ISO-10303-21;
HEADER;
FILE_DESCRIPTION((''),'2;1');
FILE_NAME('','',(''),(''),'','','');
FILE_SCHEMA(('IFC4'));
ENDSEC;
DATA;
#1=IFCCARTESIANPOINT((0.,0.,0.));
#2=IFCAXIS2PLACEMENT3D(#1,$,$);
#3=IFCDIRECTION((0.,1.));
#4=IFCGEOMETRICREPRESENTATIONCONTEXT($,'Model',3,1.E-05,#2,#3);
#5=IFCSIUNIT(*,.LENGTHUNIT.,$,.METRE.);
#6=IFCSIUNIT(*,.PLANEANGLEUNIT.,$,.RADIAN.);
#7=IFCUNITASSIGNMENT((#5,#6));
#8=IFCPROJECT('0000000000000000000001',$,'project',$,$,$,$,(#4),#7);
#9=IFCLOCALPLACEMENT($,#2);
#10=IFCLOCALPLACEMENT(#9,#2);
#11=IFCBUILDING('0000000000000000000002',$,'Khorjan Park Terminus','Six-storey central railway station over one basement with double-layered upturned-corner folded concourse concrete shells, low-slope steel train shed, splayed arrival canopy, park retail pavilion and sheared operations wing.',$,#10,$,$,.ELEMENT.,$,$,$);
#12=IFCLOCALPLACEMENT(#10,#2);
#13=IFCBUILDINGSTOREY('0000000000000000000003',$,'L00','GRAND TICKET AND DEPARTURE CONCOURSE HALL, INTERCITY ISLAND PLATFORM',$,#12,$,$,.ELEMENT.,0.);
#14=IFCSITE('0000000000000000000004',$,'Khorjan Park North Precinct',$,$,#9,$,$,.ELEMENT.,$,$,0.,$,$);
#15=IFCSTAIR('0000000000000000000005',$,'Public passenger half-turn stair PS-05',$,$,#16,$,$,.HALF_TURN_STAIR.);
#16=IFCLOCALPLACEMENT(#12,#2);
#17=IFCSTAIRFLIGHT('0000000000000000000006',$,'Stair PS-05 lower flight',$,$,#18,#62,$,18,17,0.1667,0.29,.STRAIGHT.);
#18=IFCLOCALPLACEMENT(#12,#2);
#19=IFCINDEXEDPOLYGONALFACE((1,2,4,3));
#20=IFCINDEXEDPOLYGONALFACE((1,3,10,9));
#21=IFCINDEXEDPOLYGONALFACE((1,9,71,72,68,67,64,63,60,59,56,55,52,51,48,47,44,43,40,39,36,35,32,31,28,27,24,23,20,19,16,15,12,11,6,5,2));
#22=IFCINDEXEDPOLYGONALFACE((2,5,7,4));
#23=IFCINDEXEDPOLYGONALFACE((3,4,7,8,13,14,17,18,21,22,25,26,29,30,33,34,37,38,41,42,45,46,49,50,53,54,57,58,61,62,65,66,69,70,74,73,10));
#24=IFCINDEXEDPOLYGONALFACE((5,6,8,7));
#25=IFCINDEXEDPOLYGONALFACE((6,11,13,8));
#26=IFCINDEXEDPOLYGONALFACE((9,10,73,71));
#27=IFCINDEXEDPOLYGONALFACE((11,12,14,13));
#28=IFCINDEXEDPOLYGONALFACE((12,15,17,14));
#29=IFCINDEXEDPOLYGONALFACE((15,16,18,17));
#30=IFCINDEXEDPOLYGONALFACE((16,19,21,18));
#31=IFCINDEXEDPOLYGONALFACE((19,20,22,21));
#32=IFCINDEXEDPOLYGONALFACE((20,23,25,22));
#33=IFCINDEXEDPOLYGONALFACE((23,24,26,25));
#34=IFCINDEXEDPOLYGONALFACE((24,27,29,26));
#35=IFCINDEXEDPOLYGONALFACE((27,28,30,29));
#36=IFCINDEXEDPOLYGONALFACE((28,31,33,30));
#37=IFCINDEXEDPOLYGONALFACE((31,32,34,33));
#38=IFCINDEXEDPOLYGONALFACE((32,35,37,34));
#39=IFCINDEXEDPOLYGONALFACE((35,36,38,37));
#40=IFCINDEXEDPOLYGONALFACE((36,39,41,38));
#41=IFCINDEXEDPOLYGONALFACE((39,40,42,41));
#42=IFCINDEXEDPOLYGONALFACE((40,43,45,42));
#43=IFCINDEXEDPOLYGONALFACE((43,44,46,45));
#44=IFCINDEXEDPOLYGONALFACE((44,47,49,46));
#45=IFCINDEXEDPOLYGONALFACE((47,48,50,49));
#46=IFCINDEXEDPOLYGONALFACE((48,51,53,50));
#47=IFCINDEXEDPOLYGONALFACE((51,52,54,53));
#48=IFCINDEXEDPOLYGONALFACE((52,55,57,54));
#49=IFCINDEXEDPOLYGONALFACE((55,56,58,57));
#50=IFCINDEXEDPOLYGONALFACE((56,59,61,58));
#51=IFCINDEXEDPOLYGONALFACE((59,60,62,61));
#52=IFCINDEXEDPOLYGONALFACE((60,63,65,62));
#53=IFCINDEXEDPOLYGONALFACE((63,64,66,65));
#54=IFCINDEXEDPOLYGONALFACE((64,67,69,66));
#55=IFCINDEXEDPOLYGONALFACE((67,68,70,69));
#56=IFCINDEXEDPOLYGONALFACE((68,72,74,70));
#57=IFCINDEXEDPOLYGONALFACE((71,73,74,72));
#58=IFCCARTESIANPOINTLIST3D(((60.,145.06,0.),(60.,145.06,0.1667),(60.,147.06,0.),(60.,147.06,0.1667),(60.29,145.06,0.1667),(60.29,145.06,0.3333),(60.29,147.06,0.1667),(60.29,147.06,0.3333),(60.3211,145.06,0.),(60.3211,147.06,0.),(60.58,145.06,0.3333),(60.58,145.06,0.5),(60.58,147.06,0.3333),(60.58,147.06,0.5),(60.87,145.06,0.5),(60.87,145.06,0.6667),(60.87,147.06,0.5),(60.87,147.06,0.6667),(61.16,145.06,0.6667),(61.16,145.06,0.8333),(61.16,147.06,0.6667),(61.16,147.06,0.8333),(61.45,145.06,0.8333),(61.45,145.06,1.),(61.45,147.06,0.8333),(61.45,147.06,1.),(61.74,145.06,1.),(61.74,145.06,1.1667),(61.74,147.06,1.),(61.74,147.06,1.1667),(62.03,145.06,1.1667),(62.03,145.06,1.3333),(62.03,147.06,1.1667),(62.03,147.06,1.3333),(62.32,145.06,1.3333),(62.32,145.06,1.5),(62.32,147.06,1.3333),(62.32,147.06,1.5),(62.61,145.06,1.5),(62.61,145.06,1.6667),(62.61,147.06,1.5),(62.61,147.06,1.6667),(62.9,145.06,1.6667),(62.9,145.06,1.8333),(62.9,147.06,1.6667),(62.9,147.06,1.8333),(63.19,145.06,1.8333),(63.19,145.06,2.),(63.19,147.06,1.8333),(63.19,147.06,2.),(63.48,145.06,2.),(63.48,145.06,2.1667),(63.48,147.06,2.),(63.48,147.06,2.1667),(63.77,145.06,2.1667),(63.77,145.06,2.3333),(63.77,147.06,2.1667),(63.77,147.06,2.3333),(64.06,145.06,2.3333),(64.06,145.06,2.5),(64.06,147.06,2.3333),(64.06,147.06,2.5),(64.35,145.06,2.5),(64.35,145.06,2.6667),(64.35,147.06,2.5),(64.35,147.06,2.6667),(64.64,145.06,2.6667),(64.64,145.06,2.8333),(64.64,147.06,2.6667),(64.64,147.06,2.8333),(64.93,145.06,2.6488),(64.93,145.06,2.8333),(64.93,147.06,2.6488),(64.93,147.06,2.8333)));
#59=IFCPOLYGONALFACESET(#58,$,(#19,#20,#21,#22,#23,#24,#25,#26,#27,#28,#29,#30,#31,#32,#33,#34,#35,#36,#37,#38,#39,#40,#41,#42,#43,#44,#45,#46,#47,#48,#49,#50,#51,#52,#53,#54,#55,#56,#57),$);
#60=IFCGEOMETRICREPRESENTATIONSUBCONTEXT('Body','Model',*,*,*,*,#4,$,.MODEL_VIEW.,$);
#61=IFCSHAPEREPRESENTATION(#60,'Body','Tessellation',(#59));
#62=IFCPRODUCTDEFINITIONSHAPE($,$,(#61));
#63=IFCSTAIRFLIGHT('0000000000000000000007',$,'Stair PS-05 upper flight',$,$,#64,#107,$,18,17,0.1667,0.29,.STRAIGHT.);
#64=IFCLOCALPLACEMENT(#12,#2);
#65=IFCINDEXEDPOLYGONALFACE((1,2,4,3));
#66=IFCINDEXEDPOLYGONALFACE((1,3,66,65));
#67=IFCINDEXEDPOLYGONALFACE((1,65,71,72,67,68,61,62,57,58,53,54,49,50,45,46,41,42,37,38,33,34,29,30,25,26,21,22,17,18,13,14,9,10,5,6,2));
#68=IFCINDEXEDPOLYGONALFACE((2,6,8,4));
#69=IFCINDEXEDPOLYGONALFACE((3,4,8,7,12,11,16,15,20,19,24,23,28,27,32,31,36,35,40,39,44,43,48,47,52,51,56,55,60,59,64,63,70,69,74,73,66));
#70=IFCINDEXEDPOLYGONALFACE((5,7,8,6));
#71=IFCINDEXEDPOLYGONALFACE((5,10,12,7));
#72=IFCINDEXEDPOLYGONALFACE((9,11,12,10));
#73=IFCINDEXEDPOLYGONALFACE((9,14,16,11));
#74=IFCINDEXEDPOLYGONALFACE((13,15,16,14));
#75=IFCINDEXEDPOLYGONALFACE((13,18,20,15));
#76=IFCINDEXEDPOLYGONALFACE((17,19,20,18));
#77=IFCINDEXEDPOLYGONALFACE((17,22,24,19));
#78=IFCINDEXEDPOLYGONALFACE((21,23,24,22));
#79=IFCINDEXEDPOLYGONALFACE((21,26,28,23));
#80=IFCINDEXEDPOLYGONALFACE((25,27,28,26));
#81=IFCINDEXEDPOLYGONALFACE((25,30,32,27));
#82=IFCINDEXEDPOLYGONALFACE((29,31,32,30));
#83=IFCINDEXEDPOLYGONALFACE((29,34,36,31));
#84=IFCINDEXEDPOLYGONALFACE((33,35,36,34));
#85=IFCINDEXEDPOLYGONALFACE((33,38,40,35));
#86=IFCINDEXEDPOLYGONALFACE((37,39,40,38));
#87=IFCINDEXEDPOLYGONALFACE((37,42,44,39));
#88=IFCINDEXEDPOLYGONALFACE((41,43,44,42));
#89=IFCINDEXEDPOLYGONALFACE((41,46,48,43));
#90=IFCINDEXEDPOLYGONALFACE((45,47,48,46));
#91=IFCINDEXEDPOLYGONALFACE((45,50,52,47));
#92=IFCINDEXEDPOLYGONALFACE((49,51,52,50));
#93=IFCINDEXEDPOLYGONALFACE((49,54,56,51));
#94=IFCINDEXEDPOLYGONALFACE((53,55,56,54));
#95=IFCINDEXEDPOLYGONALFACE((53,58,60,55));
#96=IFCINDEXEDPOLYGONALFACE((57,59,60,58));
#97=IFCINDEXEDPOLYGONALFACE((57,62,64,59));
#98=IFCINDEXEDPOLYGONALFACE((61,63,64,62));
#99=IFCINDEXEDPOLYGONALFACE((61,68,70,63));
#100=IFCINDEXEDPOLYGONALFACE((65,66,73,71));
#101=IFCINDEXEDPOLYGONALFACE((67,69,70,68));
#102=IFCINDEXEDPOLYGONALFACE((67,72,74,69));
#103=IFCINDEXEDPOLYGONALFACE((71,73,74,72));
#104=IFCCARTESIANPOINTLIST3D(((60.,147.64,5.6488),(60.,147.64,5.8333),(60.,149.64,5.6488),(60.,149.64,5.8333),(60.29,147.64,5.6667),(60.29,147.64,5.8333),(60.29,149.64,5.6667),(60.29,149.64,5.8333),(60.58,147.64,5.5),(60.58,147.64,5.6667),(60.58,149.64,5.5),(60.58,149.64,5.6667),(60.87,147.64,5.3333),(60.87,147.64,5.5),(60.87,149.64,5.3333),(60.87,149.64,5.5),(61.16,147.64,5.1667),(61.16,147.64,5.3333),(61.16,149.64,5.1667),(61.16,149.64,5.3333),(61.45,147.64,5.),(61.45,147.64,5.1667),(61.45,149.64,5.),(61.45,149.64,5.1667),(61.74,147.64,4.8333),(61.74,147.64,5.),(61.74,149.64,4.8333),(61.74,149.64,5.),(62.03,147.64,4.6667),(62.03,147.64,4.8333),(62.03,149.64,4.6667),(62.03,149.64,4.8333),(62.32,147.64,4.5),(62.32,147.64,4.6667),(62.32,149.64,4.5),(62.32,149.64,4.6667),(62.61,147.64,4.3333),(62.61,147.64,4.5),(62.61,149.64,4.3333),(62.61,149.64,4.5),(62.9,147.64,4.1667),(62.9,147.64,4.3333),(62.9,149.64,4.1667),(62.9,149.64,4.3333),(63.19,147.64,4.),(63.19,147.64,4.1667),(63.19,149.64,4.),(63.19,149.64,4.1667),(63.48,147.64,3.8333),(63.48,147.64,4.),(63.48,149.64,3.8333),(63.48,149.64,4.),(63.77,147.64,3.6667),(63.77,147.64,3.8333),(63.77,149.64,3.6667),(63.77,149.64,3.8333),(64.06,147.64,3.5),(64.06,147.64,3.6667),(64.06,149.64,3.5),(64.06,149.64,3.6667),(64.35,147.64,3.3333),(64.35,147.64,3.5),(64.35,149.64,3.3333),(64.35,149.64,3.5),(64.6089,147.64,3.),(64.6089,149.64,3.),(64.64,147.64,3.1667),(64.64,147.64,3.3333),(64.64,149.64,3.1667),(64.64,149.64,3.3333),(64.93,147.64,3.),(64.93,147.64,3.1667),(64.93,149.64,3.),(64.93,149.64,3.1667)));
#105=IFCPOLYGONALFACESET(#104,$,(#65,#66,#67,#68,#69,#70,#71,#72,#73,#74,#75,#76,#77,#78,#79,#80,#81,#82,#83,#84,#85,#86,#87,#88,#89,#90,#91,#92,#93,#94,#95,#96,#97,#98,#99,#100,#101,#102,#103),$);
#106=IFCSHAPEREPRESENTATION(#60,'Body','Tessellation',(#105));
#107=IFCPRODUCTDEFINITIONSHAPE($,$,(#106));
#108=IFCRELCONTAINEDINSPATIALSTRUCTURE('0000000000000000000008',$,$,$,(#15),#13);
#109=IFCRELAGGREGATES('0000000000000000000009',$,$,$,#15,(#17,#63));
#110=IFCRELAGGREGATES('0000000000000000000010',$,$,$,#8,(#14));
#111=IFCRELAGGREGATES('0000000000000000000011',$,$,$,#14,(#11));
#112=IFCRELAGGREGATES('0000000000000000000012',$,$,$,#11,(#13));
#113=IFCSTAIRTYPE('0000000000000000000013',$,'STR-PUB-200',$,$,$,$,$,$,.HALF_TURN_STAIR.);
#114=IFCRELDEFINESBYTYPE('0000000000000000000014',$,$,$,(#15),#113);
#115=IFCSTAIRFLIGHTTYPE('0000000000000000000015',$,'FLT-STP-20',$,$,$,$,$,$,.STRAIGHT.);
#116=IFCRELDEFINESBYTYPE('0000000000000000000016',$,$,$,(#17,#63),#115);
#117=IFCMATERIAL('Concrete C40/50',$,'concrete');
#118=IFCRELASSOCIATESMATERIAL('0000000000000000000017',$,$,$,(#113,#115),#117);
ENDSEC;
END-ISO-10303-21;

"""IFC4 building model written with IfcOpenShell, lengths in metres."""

from ifc_helpers import new_model, si_unit, direction, frame, origin, place, context, subcontext, project, spatial, polyline, outline, extrude, material, type_object, element, aggregate, save


model = new_model("IFC4")

# Units and contexts
model_context = context("Model", 3, precision=1e-05, world=origin(), true_north=direction((0.0, 1.0)))
body_context = subcontext(model_context, "Body", "Model", "MODEL_VIEW")
ifc_project = project(units=[si_unit("LENGTHUNIT", "METRE"), si_unit("PLANEANGLEUNIT", "RADIAN")], contexts=[model_context])

# Site, building, storey
site_placement = place(None, origin())
site = spatial("IfcSite", under=ifc_project, at=site_placement, Name="Khorjan Park North Precinct", CompositionType="ELEMENT", RefElevation=0.0)
building_placement = place(site_placement, origin())
building = spatial("IfcBuilding", under=site, at=building_placement, Name="Khorjan Park Terminus", Description="Six-storey central railway station over one basement with double-layered upturned-corner folded concourse concrete shells, low-slope steel train shed, splayed arrival canopy, park retail pavilion and sheared operations wing.", CompositionType="ELEMENT")
storey_placement = place(building_placement, origin())
storey = spatial("IfcBuildingStorey", under=building, at=storey_placement, Name="L00", Description="GRAND TICKET AND DEPARTURE CONCOURSE HALL, INTERCITY ISLAND PLATFORM", CompositionType="ELEMENT", Elevation=0.0)

# Stair, stair flights
ifc_material_1 = material(Name="Concrete C40/50", Category="concrete")
stair_type = type_object("IfcStairType", Name="STR-PUB-200", PredefinedType="HALF_TURN_STAIR", material=ifc_material_1)
stair_placement = place(storey_placement, origin())
stair = element("IfcStair", 1, at=stair_placement, inside=storey, type_object=stair_type, Name="Public passenger half-turn stair PS-05", PredefinedType="HALF_TURN_STAIR")
stair_flight_type = type_object("IfcStairFlightType", Name="FLT-STP-20", PredefinedType="STRAIGHT", material=ifc_material_1)
stair_flight_1_placement = place(storey_placement, frame((60.0, 146.06, 0.0), z_axis=(0.0, 0.0, 1.0), x_axis=(1.0, 0.0, 0.0)))
stair_flight_1 = element("IfcStairFlight", 2, at=stair_flight_1_placement, type_object=stair_flight_type, Name="Stair PS-05 lower flight", NumberOfRisers=18, NumberOfTreads=17, PredefinedType="STRAIGHT", RiserHeight=0.1667, TreadLength=0.29, context=body_context, shape_type="SweptSolid", body=[
    extrude(outline(polyline([(0.0, 0.0), (0.0, 0.1667), (0.29, 0.1667), (0.29, 0.3333), (0.58, 0.3333), (0.58, 0.5), (0.87, 0.5), (0.87, 0.6667), (1.16, 0.6667), (1.16, 0.8333), (1.45, 0.8333), (1.45, 1.0), (1.74, 1.0), (1.74, 1.1667), (2.03, 1.1667), (2.03, 1.3333), (2.32, 1.3333), (2.32, 1.5), (2.61, 1.5), (2.61, 1.6667), (2.9, 1.6667), (2.9, 1.8333), (3.19, 1.8333), (3.19, 2.0), (3.48, 2.0), (3.48, 2.1667), (3.77, 2.1667), (3.77, 2.3333), (4.06, 2.3333), (4.06, 2.5), (4.35, 2.5), (4.35, 2.6667), (4.64, 2.6667), (4.64, 2.8333), (4.93, 2.8333), (4.93, 3.0), (4.93, 2.6488), (0.3211, 0.0), (0.0, 0.0)])), frame((0.0, 1.0, 0.0), z_axis=(0.0, -1.0, 0.0), x_axis=(1.0, 0.0, 0.0)), (0.0, 0.0, 1.0), 2.0),
])
stair_flight_2_placement = place(storey_placement, frame((64.93, 148.64, 3.0), z_axis=(0.0, 0.0, 1.0), x_axis=(-1.0, 0.0, 0.0)))
stair_flight_2 = element("IfcStairFlight", 3, at=stair_flight_2_placement, type_object=stair_flight_type, Name="Stair PS-05 upper flight", NumberOfRisers=18, NumberOfTreads=17, PredefinedType="STRAIGHT", RiserHeight=0.1667, TreadLength=0.29, context=body_context, shape_type="SweptSolid", body=[
    extrude(outline(polyline([(0.0, 0.0), (0.0, 0.1667), (0.29, 0.1667), (0.29, 0.3333), (0.58, 0.3333), (0.58, 0.5), (0.87, 0.5), (0.87, 0.6667), (1.16, 0.6667), (1.16, 0.8333), (1.45, 0.8333), (1.45, 1.0), (1.74, 1.0), (1.74, 1.1667), (2.03, 1.1667), (2.03, 1.3333), (2.32, 1.3333), (2.32, 1.5), (2.61, 1.5), (2.61, 1.6667), (2.9, 1.6667), (2.9, 1.8333), (3.19, 1.8333), (3.19, 2.0), (3.48, 2.0), (3.48, 2.1667), (3.77, 2.1667), (3.77, 2.3333), (4.06, 2.3333), (4.06, 2.5), (4.35, 2.5), (4.35, 2.6667), (4.64, 2.6667), (4.64, 2.8333), (4.93, 2.8333), (4.93, 3.0), (4.93, 2.6488), (0.3211, 0.0), (0.0, 0.0)])), frame((0.0, 1.0, 0.0), z_axis=(0.0, -1.0, 0.0), x_axis=(1.0, 0.0, 0.0)), (0.0, 0.0, 1.0), 2.0),
])
aggregate(stair, [stair_flight_1, stair_flight_2])

save(model, "model.ifc")
